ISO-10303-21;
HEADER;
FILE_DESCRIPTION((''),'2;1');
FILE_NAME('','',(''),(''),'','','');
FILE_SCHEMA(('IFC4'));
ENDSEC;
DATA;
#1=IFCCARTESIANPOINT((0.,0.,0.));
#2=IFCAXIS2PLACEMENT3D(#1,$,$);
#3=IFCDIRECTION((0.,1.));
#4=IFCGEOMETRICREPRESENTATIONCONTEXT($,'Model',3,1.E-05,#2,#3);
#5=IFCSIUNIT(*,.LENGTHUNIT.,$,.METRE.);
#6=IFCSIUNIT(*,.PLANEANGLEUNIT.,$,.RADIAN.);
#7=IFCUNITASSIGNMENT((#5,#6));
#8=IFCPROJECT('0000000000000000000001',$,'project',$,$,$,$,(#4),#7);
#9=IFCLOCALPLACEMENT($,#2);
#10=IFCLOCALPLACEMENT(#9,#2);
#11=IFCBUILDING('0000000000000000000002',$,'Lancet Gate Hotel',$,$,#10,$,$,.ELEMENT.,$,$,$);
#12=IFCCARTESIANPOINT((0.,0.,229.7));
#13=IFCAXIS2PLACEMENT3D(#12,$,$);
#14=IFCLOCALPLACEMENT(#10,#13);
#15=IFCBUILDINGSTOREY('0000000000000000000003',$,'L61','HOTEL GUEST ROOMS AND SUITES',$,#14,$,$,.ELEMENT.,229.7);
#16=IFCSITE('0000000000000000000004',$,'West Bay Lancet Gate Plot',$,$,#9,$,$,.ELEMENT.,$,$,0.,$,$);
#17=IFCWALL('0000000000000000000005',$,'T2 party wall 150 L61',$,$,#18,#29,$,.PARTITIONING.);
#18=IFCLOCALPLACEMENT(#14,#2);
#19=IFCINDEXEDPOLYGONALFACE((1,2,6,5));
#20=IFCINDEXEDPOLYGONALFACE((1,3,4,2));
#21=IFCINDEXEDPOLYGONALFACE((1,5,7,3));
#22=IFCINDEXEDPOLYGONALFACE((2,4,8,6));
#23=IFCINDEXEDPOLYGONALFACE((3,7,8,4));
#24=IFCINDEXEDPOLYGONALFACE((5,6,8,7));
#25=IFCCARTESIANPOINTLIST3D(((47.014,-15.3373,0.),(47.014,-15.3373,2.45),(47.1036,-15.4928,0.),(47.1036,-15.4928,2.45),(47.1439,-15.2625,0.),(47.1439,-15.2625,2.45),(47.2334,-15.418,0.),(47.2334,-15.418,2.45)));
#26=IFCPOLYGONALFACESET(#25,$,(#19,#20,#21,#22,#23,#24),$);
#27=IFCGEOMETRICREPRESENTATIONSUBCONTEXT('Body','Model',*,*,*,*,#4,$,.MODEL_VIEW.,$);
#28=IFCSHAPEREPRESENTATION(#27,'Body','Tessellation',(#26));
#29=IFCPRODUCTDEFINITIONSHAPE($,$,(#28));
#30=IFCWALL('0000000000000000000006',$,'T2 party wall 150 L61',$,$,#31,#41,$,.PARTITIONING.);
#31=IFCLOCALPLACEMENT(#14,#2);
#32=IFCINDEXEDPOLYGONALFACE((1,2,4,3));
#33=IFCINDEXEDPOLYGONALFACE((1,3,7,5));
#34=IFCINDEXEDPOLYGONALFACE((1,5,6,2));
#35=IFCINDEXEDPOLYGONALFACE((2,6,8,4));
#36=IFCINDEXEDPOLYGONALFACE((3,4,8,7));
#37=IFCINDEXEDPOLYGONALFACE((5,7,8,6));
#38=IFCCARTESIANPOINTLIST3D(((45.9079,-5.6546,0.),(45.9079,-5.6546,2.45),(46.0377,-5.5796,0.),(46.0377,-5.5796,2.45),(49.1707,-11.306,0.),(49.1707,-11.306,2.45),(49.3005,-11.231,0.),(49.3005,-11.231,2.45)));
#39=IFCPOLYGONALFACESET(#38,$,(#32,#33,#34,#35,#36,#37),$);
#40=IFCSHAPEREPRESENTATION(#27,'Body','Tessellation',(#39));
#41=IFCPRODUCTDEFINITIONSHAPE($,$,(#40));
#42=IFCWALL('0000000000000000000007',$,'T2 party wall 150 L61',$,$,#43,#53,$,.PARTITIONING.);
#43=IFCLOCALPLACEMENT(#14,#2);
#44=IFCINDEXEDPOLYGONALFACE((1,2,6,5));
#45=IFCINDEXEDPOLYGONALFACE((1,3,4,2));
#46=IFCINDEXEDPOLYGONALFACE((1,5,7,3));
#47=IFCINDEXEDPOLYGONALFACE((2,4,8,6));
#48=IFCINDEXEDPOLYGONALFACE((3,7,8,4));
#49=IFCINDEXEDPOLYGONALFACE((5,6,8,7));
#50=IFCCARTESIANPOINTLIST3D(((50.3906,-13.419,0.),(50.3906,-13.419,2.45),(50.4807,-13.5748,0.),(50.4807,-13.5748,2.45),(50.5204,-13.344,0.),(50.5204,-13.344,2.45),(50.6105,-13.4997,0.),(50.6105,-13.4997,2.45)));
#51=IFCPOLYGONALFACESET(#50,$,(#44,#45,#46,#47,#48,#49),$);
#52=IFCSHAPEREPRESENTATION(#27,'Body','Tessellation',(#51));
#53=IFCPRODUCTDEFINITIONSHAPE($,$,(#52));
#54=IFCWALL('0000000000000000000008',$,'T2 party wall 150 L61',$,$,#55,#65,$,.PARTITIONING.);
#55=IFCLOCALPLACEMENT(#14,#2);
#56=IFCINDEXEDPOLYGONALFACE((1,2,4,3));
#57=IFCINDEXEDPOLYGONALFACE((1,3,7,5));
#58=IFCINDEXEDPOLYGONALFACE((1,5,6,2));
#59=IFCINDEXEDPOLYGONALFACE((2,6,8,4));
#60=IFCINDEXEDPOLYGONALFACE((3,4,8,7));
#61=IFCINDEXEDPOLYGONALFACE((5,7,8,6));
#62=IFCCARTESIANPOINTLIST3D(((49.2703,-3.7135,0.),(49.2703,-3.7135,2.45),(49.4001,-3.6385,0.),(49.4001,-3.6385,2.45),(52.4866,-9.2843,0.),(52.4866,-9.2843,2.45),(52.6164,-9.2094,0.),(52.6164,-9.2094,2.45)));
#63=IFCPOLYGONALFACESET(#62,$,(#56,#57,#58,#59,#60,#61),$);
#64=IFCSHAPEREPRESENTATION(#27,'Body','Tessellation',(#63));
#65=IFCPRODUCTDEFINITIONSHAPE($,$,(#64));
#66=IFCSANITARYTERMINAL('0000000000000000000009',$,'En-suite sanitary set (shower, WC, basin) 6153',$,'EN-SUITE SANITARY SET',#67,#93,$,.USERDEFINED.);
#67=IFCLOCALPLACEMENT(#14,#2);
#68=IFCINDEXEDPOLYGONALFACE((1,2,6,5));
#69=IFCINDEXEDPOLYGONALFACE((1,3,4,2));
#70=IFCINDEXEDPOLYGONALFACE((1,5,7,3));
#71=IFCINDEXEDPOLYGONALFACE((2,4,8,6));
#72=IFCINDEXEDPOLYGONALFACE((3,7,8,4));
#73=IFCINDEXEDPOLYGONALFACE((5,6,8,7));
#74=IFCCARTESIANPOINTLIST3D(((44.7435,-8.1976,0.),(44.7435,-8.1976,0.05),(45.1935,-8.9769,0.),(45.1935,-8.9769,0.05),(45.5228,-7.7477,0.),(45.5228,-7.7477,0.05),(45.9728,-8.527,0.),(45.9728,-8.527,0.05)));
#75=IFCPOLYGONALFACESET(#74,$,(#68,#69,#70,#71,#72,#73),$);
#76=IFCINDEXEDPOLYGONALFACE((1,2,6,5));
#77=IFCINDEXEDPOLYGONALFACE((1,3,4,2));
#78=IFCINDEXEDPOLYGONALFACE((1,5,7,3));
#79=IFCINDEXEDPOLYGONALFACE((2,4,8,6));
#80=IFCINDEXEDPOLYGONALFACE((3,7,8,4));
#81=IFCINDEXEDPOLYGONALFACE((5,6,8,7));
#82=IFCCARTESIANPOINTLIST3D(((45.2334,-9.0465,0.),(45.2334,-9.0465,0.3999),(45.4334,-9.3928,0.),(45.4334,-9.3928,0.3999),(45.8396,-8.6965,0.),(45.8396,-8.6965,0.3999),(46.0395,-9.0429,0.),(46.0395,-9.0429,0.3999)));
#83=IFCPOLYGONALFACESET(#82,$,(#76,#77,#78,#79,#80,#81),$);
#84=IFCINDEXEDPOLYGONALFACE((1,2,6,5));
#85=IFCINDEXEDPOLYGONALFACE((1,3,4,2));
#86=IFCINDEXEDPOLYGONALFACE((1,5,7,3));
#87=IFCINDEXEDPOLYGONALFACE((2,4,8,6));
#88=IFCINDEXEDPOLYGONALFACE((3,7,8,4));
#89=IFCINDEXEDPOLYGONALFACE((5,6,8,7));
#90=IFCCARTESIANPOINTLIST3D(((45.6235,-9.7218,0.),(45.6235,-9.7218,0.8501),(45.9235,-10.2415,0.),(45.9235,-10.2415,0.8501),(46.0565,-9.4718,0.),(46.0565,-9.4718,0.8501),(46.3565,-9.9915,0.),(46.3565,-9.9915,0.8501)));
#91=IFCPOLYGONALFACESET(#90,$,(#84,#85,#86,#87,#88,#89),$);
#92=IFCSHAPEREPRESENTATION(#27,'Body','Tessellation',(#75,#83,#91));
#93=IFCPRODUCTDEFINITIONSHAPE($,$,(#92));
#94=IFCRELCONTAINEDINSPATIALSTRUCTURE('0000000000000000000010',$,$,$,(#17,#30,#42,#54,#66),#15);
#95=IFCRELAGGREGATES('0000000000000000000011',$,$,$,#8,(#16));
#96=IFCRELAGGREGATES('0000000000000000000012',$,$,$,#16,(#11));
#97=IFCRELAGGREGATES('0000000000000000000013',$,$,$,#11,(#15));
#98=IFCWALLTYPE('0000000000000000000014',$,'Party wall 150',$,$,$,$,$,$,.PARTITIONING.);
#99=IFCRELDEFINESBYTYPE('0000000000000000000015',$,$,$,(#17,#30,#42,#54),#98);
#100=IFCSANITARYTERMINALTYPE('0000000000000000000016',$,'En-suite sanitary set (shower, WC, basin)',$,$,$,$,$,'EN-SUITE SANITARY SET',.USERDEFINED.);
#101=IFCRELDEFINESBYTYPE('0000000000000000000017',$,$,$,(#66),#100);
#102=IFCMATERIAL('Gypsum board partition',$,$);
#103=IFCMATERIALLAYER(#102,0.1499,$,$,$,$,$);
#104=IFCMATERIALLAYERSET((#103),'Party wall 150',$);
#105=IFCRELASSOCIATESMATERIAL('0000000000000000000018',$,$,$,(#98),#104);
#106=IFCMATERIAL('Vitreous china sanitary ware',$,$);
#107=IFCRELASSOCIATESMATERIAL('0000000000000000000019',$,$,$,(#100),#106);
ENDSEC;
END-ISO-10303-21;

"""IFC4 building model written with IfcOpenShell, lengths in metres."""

from ifc_helpers import new_model, si_unit, direction, frame, frame_2d, origin, origin_2d, place, context, subcontext, project, spatial, rectangle, extrude, material, layer, layer_set, type_object, element, save


model = new_model("IFC4")

# Units and contexts
model_context = context("Model", 3, precision=1e-05, world=origin(), true_north=direction((0.0, 1.0)))
body_context = subcontext(model_context, "Body", "Model", "MODEL_VIEW")
ifc_project = project(units=[si_unit("LENGTHUNIT", "METRE"), si_unit("PLANEANGLEUNIT", "RADIAN")], contexts=[model_context])

# Site, building, storey
site_placement = place(None, origin())
site = spatial("IfcSite", under=ifc_project, at=site_placement, Name="West Bay Lancet Gate Plot", CompositionType="ELEMENT", RefElevation=0.0)
building_placement = place(site_placement, origin())
building = spatial("IfcBuilding", under=site, at=building_placement, Name="Lancet Gate Hotel", CompositionType="ELEMENT")
storey_placement = place(building_placement, frame((0.0, 0.0, 229.7)))
storey = spatial("IfcBuildingStorey", under=building, at=storey_placement, Name="L61", Description="HOTEL GUEST ROOMS AND SUITES", CompositionType="ELEMENT", Elevation=229.7)

# Walls
ifc_material_1 = material(Name="Gypsum board partition")
ifc_layer_1 = layer(ifc_material_1, 0.1499)
ifc_layer_set_1 = layer_set([ifc_layer_1], Name="Party wall 150")
wall_type_1 = type_object("IfcWallType", Name="Party wall 150", PredefinedType="PARTITIONING", material=ifc_layer_set_1)
wall_1_placement = place(storey_placement, frame((47.0789, -15.2998, 0.0), z_axis=(0.0, 0.0, 1.0), x_axis=(0.499212, -0.86648, 0.0)))
element("IfcWall", 1, at=wall_1_placement, inside=storey, type_object=wall_type_1, Name="T2 party wall 150 L61", PredefinedType="PARTITIONING", context=body_context, shape_type="SweptSolid", body=[
    extrude(rectangle(XDim=0.1794, YDim=0.1499, at=frame_2d((0.0898, 0.0))), origin(), (0.0, 0.0, 1.0), 2.45),
])
wall_2_placement = place(storey_placement, frame((45.9729, -5.6172, 0.0), z_axis=(0.0, 0.0, 1.0), x_axis=(0.499986, -0.866034, 0.0)))
element("IfcWall", 2, at=wall_2_placement, inside=storey, type_object=wall_type_1, Name="T2 party wall 150 L61", PredefinedType="PARTITIONING", context=body_context, shape_type="SweptSolid", body=[
    extrude(rectangle(XDim=6.5256, YDim=0.1499, at=frame_2d((3.2627, 0.0))), origin(), (0.0, 0.0, 1.0), 2.45),
])
wall_3_placement = place(storey_placement, frame((50.4556, -13.3816, 0.0), z_axis=(0.0, 0.0, 1.0), x_axis=(0.500662, -0.865643, 0.0)))
element("IfcWall", 3, at=wall_3_placement, inside=storey, type_object=wall_type_1, Name="T2 party wall 150 L61", PredefinedType="PARTITIONING", context=body_context, shape_type="SweptSolid", body=[
    extrude(rectangle(XDim=0.1799, YDim=0.1499, at=frame_2d((0.0898, 0.0))), origin(), (0.0, 0.0, 1.0), 2.45),
])
wall_4_placement = place(storey_placement, frame((49.3352, -3.676, 0.0), z_axis=(0.0, 0.0, 1.0), x_axis=(0.500001, -0.866025, 0.0)))
element("IfcWall", 4, at=wall_4_placement, inside=storey, type_object=wall_type_1, Name="T2 party wall 150 L61", PredefinedType="PARTITIONING", context=body_context, shape_type="SweptSolid", body=[
    extrude(rectangle(XDim=6.4326, YDim=0.1499, at=frame_2d((3.2163, 0.0))), origin(), (0.0, 0.0, 1.0), 2.45),
])

# Sanitary terminal
ifc_material_2 = material(Name="Vitreous china sanitary ware")
sanitary_terminal_type = type_object("IfcSanitaryTerminalType", Name="En-suite sanitary set (shower, WC, basin)", ElementType="EN-SUITE SANITARY SET", PredefinedType="USERDEFINED", material=ifc_material_2)
sanitary_terminal_placement = place(storey_placement, frame((45.3582, -8.3623, 0.0), z_axis=(0.0, 0.0, 1.0), x_axis=(1.0, 0.0, 0.0)))
element("IfcSanitaryTerminal", 5, at=sanitary_terminal_placement, inside=storey, type_object=sanitary_terminal_type, Name="En-suite sanitary set (shower, WC, basin) 6153", ObjectType="EN-SUITE SANITARY SET", PredefinedType="USERDEFINED", context=body_context, shape_type="SweptSolid", body=[
    extrude(rectangle(XDim=0.8999, YDim=0.8999, at=origin_2d()), frame((0.0, 0.0, 0.0), z_axis=(0.0, 0.0, 1.0), x_axis=(-0.5, 0.866025, 0.0)), (0.0, 0.0, 1.0), 0.05),
    extrude(rectangle(XDim=0.3999, YDim=0.7, at=origin_2d()), frame((0.2783, -0.6824, 0.0), z_axis=(0.0, 0.0, 1.0), x_axis=(-0.5, 0.866025, 0.0)), (0.0, 0.0, 1.0), 0.3999),
    extrude(rectangle(XDim=0.6001, YDim=0.5, at=origin_2d()), frame((0.6318, -1.4944, 0.0), z_axis=(0.0, 0.0, 1.0), x_axis=(-0.5, 0.866025, 0.0)), (0.0, 0.0, 1.0), 0.8501),
])

save(model, "model.ifc")
